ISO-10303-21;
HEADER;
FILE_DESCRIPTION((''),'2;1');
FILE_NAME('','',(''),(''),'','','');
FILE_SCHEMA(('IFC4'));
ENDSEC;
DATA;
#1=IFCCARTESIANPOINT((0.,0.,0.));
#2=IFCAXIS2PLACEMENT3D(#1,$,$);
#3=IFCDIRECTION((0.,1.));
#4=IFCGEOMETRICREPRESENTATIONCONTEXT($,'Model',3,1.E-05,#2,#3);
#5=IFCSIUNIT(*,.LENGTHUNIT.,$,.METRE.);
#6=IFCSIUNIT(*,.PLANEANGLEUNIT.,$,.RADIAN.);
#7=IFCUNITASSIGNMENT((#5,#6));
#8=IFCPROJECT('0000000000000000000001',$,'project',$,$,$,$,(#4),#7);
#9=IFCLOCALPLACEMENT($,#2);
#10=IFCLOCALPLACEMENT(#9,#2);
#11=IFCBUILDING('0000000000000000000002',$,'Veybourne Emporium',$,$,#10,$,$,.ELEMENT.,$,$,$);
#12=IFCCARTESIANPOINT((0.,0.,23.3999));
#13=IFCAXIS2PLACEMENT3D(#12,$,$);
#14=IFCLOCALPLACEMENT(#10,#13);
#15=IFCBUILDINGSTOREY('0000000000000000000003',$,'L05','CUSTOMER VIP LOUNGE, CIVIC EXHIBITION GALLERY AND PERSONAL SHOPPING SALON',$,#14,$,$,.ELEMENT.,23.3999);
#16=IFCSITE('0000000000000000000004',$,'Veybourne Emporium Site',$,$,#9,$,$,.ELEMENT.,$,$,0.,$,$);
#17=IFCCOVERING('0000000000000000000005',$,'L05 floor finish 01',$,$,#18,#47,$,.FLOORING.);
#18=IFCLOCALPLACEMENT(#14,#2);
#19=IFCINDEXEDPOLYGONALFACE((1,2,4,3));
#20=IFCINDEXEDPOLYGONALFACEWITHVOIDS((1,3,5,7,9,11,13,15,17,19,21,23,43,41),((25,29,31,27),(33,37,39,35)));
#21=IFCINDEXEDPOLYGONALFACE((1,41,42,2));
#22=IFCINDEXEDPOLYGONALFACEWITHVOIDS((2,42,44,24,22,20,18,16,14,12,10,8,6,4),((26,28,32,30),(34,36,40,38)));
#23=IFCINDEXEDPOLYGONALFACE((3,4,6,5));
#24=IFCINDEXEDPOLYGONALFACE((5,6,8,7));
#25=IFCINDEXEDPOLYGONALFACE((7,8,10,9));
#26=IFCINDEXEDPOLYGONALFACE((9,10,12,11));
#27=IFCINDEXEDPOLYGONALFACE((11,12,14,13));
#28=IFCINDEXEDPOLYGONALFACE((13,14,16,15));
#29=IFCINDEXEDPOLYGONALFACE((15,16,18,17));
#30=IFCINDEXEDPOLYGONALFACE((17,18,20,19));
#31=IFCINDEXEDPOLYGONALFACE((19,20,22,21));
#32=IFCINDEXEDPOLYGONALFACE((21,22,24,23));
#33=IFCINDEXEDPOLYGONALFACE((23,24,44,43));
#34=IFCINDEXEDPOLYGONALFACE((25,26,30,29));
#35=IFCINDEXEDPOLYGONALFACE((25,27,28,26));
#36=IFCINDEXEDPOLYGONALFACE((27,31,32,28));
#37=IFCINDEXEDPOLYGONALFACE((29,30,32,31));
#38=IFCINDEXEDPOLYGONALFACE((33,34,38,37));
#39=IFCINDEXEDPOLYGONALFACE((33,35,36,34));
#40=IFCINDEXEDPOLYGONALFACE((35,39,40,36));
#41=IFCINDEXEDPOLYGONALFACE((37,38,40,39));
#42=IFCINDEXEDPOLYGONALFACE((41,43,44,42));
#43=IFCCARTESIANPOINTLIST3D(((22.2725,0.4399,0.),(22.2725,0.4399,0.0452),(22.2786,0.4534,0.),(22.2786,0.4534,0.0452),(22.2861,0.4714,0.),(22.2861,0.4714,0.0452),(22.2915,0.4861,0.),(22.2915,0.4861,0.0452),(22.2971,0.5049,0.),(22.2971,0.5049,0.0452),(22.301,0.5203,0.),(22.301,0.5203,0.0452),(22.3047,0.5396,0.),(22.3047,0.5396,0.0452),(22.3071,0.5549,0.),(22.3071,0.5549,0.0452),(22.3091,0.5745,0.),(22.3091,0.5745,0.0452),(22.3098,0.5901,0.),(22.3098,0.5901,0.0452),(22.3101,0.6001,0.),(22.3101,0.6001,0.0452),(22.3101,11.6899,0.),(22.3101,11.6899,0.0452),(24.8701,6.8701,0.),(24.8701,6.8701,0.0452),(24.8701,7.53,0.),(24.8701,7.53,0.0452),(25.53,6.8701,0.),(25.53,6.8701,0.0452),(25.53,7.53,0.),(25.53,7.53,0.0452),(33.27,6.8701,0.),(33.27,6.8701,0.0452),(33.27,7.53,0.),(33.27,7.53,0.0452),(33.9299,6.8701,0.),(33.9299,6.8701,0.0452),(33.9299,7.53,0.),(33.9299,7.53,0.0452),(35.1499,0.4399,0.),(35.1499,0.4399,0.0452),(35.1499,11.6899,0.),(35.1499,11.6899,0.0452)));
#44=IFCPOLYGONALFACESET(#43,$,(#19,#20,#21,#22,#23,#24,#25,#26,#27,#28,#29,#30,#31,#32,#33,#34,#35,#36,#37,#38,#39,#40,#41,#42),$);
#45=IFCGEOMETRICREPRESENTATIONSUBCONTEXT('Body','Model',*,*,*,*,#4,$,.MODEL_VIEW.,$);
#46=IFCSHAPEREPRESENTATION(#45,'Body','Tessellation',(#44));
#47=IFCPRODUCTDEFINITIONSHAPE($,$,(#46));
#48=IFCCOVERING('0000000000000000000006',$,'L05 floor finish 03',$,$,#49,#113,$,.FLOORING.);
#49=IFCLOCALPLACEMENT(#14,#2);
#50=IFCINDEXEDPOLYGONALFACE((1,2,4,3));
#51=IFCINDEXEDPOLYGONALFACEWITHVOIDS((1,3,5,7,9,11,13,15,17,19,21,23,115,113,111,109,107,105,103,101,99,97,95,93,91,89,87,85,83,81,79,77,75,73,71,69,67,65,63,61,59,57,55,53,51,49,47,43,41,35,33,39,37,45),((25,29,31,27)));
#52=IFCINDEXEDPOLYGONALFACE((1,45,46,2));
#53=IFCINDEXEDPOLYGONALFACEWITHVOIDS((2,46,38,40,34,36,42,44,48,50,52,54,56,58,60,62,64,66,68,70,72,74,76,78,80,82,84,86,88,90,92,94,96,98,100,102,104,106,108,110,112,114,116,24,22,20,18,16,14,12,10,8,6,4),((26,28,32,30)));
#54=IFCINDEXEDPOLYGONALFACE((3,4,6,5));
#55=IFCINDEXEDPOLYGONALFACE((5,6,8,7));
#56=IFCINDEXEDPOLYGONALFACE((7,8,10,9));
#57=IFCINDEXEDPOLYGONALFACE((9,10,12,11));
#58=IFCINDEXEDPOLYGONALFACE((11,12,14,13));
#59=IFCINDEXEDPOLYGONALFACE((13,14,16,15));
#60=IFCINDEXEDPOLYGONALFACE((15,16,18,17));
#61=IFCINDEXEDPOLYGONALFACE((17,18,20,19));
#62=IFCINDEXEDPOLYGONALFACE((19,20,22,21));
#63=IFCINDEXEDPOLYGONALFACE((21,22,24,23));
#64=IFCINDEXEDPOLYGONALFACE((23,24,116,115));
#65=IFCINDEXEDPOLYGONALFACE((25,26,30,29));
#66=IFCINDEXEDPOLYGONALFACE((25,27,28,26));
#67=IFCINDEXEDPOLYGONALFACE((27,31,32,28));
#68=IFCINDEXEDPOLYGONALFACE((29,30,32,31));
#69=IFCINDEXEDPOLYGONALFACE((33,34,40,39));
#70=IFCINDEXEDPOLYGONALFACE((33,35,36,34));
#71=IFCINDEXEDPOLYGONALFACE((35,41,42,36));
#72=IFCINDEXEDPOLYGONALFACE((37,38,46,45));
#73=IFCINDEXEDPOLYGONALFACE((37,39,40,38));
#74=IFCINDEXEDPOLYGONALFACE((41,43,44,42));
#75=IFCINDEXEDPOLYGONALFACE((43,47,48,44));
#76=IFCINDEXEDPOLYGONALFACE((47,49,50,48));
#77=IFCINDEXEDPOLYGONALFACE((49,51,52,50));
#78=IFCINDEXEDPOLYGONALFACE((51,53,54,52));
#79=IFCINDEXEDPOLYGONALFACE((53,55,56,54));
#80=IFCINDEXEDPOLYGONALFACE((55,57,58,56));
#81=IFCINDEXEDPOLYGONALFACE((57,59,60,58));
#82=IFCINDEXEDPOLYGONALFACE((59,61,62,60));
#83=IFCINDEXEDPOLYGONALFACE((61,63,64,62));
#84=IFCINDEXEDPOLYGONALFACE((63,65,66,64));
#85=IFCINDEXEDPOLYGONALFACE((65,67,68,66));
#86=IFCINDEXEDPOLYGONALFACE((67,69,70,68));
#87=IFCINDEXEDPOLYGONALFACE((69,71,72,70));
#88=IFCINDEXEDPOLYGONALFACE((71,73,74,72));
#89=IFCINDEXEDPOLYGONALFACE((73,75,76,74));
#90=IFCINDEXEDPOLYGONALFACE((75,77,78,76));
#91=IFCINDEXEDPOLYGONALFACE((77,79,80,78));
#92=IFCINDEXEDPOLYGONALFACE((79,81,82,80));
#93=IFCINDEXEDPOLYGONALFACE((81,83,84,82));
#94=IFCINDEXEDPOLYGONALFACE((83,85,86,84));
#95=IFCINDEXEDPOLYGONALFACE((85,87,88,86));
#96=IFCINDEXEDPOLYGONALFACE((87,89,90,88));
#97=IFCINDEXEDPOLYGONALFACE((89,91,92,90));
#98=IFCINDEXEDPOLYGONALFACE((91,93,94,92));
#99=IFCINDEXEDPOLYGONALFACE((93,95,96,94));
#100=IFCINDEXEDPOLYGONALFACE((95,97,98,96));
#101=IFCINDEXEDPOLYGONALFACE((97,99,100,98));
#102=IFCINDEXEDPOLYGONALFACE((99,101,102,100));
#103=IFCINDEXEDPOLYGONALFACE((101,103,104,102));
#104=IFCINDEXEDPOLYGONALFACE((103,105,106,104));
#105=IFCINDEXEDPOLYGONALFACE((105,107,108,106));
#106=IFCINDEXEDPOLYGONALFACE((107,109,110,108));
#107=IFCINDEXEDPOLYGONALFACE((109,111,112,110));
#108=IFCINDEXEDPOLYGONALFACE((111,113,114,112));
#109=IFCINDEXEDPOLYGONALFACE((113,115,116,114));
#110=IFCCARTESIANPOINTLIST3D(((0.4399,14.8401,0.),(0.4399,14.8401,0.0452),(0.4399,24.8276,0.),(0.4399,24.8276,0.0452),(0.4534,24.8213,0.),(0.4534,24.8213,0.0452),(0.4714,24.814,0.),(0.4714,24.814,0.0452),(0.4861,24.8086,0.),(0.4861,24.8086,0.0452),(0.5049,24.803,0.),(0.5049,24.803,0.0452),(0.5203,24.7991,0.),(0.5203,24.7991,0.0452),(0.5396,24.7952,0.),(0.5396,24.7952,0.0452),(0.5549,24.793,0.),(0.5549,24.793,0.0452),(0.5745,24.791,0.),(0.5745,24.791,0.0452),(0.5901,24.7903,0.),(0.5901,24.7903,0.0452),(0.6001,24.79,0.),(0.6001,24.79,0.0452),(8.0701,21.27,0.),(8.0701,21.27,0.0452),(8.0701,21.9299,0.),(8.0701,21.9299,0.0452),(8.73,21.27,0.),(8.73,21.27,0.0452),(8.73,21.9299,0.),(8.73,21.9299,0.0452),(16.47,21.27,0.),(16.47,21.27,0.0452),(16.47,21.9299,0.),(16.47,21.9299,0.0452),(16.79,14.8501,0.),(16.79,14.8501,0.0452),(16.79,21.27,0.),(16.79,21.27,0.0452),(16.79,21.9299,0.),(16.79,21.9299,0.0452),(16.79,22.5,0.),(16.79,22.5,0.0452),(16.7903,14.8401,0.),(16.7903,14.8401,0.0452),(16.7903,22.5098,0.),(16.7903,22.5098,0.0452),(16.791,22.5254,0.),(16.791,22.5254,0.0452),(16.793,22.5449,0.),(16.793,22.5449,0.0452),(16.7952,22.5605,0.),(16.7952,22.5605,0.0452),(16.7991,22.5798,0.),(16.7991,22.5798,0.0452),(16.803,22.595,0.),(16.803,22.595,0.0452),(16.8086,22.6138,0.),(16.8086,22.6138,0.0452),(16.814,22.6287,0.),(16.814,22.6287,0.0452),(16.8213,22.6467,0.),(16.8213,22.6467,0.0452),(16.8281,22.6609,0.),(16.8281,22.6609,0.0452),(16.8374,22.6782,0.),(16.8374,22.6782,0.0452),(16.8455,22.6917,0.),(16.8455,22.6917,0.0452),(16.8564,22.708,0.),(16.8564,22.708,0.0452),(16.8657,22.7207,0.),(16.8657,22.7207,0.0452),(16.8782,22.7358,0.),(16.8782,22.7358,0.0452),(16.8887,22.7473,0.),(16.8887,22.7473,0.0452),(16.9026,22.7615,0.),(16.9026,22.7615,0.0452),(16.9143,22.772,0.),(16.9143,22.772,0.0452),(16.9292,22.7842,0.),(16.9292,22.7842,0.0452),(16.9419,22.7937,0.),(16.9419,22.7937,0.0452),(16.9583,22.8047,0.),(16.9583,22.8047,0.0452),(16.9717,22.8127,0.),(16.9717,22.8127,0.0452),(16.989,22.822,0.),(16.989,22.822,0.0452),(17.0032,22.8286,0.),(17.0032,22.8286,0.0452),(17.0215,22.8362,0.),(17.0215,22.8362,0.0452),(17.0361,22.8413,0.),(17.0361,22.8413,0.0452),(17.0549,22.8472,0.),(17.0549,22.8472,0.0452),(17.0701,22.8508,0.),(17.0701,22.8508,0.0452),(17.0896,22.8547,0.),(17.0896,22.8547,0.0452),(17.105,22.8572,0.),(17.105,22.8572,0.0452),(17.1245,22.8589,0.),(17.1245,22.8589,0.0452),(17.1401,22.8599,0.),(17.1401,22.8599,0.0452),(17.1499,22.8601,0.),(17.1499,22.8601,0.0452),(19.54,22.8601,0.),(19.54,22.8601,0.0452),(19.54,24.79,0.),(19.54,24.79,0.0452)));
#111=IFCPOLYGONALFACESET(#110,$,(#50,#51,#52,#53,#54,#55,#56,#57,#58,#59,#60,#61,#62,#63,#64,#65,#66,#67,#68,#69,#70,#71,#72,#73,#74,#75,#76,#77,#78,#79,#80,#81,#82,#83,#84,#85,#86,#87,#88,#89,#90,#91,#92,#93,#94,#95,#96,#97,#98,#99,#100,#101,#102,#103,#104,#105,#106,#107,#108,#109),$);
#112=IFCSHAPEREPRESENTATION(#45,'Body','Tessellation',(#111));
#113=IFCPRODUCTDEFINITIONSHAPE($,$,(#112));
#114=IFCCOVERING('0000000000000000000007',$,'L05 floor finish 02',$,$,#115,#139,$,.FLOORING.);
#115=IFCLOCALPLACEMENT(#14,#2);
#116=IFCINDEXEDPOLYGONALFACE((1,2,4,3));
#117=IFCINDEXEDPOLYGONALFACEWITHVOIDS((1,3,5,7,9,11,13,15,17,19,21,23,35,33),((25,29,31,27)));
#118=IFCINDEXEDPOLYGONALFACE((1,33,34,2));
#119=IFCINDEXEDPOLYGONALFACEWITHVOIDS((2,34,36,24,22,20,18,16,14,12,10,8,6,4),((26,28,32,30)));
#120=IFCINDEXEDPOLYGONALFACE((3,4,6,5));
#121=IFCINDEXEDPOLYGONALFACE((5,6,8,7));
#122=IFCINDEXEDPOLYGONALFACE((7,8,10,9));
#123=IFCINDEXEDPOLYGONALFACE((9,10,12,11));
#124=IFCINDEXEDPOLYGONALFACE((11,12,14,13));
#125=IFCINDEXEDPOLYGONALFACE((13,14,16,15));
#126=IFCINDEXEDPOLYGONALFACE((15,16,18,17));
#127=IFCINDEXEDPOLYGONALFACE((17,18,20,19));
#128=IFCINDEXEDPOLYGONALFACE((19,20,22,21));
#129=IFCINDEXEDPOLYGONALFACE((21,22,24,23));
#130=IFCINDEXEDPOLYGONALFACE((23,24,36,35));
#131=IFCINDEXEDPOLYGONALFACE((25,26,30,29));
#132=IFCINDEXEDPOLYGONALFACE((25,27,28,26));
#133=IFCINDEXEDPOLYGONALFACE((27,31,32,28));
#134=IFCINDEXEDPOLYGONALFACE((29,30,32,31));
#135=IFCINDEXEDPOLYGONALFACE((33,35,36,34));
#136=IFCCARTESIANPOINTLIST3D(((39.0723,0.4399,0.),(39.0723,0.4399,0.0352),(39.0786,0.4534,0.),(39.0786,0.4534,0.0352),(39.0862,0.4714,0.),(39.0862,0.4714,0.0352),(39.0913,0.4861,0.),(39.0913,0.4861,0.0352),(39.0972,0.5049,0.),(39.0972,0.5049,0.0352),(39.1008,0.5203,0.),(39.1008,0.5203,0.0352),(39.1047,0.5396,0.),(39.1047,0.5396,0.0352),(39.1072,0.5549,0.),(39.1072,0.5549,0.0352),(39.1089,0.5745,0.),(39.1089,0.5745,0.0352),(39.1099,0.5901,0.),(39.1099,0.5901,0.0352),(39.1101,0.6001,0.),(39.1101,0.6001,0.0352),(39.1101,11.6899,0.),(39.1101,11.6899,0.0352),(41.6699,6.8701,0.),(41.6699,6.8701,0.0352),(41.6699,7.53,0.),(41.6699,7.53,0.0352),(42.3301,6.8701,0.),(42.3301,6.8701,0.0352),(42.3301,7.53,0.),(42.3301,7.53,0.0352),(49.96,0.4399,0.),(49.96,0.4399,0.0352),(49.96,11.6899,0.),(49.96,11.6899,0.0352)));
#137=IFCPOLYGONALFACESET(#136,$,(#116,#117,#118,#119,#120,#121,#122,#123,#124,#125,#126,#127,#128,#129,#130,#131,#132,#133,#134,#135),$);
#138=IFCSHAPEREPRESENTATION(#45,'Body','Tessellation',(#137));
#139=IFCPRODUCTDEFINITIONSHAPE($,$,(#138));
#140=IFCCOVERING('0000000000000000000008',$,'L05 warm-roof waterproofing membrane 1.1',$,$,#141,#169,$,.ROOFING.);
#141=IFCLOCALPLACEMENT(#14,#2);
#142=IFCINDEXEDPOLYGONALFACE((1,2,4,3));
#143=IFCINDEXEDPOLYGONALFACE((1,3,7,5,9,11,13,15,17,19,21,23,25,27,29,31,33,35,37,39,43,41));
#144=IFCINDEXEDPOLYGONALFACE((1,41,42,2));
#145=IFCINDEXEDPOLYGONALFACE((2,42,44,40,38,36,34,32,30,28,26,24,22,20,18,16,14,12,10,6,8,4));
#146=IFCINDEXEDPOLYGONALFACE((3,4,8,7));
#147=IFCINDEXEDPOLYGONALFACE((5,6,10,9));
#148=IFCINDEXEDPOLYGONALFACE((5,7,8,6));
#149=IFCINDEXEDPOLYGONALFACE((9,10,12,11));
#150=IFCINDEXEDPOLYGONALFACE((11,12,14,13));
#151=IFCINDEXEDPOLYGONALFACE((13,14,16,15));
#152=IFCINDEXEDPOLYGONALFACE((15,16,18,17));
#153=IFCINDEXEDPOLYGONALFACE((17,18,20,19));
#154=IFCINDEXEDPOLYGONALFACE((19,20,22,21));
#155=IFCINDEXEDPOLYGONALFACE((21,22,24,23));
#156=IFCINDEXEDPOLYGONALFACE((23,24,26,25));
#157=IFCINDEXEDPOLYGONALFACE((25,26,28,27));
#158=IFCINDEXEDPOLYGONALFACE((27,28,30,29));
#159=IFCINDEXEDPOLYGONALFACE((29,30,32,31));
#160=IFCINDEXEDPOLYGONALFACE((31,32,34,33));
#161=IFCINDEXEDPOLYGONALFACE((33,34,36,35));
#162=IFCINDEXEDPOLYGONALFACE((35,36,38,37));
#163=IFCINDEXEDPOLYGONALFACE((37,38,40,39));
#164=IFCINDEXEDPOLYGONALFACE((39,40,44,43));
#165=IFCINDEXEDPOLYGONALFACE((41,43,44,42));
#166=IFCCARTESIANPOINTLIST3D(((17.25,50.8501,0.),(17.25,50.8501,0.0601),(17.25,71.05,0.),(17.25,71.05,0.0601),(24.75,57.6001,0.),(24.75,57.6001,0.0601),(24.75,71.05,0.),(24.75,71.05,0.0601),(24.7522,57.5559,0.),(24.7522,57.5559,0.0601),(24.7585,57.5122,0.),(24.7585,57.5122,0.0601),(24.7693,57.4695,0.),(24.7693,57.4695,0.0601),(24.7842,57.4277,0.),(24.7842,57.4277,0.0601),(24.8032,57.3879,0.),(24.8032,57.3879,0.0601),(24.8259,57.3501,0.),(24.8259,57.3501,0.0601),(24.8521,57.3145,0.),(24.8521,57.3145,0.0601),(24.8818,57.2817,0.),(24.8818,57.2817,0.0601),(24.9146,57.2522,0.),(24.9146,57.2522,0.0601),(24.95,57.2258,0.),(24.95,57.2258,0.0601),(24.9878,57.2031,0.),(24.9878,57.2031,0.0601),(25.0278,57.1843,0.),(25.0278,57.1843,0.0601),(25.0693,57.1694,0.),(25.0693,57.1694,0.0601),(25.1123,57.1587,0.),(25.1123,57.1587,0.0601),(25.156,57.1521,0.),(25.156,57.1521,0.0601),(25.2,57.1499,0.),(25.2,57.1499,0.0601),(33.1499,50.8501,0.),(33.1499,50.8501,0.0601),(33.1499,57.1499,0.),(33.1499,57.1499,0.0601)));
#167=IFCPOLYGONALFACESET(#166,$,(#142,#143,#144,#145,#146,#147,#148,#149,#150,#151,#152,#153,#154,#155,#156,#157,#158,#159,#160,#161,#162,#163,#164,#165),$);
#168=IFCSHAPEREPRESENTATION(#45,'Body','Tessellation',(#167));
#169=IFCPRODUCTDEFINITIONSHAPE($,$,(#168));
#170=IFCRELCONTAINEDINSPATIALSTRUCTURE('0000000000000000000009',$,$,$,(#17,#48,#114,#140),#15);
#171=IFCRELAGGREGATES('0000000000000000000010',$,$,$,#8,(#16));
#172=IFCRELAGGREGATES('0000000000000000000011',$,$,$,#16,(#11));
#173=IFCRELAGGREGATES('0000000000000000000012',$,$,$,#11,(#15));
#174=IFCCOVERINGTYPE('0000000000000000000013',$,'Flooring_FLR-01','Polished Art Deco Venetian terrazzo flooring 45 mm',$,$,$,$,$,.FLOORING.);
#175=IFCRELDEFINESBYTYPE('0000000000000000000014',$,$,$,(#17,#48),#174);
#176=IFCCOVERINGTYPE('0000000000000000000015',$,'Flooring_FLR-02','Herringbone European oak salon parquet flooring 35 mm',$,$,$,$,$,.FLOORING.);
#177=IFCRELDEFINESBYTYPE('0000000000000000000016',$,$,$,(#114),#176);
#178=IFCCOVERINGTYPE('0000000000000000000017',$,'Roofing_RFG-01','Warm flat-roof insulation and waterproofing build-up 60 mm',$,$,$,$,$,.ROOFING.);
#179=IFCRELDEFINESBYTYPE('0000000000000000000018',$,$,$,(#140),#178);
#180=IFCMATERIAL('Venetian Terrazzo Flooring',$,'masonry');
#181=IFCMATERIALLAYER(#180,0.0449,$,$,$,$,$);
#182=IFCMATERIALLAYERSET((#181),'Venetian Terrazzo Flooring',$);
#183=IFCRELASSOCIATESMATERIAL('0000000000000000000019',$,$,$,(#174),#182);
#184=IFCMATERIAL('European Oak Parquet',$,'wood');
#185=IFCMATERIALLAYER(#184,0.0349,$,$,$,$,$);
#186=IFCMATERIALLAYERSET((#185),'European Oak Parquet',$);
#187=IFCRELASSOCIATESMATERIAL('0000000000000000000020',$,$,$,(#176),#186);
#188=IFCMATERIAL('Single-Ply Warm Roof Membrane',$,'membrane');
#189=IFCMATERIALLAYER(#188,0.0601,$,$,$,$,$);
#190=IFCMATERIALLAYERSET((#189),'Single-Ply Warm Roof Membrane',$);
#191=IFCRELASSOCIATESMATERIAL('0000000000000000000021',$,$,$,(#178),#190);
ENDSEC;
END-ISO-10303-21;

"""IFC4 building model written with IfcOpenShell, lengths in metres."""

from ifc_helpers import new_model, si_unit, direction, frame, origin, place, context, subcontext, project, spatial, polyline, outline, extrude, material, layer, layer_set, type_object, element, save


model = new_model("IFC4")

# Units and contexts
model_context = context("Model", 3, precision=1e-05, world=origin(), true_north=direction((0.0, 1.0)))
body_context = subcontext(model_context, "Body", "Model", "MODEL_VIEW")
ifc_project = project(units=[si_unit("LENGTHUNIT", "METRE"), si_unit("PLANEANGLEUNIT", "RADIAN")], contexts=[model_context])

# Site, building, storey
site_placement = place(None, origin())
site = spatial("IfcSite", under=ifc_project, at=site_placement, Name="Veybourne Emporium Site", CompositionType="ELEMENT", RefElevation=0.0)
building_placement = place(site_placement, origin())
building = spatial("IfcBuilding", under=site, at=building_placement, Name="Veybourne Emporium", CompositionType="ELEMENT")
storey_placement = place(building_placement, frame((0.0, 0.0, 23.3999)))
storey = spatial("IfcBuildingStorey", under=building, at=storey_placement, Name="L05", Description="CUSTOMER VIP LOUNGE, CIVIC EXHIBITION GALLERY AND PERSONAL SHOPPING SALON", CompositionType="ELEMENT", Elevation=23.3999)

# Coverings
ifc_material_1 = material(Name="Venetian Terrazzo Flooring", Category="masonry")
ifc_layer_1 = layer(ifc_material_1, 0.0449)
ifc_layer_set_1 = layer_set([ifc_layer_1], Name="Venetian Terrazzo Flooring")
covering_type_1 = type_object("IfcCoveringType", Name="Flooring_FLR-01", Description="Polished Art Deco Venetian terrazzo flooring 45 mm", PredefinedType="FLOORING", material=ifc_layer_set_1)
covering_1_placement = place(storey_placement, origin())
element("IfcCovering", 1, at=covering_1_placement, inside=storey, type_object=covering_type_1, Name="L05 floor finish 01", PredefinedType="FLOORING", context=body_context, shape_type="SweptSolid", body=[
    extrude(outline(polyline([(22.2786, 0.4534), (22.2861, 0.4714), (22.2915, 0.4861), (22.2971, 0.5049), (22.301, 0.5203), (22.3047, 0.5396), (22.3071, 0.5549), (22.3091, 0.5745), (22.3098, 0.5901), (22.3101, 0.6001), (22.3101, 11.6899), (35.1499, 11.6899), (35.1499, 0.4399), (22.2725, 0.4399), (22.2786, 0.4534)]), holes=[polyline([(33.27, 7.53), (33.27, 6.8701), (33.9299, 6.8701), (33.9299, 7.53), (33.27, 7.53)]), polyline([(24.8701, 6.8701), (25.53, 6.8701), (25.53, 7.53), (24.8701, 7.53), (24.8701, 6.8701)])]), origin(), (0.0, 0.0, 1.0), 0.0452),
])
covering_2_placement = place(storey_placement, origin())
element("IfcCovering", 2, at=covering_2_placement, inside=storey, type_object=covering_type_1, Name="L05 floor finish 03", PredefinedType="FLOORING", context=body_context, shape_type="SweptSolid", body=[
    extrude(outline(polyline([(0.4534, 24.8213), (0.4714, 24.814), (0.4861, 24.8086), (0.5049, 24.803), (0.5203, 24.7991), (0.5396, 24.7952), (0.5549, 24.793), (0.5745, 24.791), (0.5901, 24.7903), (0.6001, 24.79), (19.54, 24.79), (19.54, 22.8601), (17.1499, 22.8601), (17.1401, 22.8599), (17.1245, 22.8589), (17.105, 22.8572), (17.0896, 22.8547), (17.0701, 22.8508), (17.0549, 22.8472), (17.0361, 22.8413), (17.0215, 22.8362), (17.0032, 22.8286), (16.989, 22.822), (16.9717, 22.8127), (16.9583, 22.8047), (16.9419, 22.7937), (16.9292, 22.7842), (16.9143, 22.772), (16.9026, 22.7615), (16.8887, 22.7473), (16.8782, 22.7358), (16.8657, 22.7207), (16.8564, 22.708), (16.8455, 22.6917), (16.8374, 22.6782), (16.8281, 22.6609), (16.8213, 22.6467), (16.814, 22.6287), (16.8086, 22.6138), (16.803, 22.595), (16.7991, 22.5798), (16.7952, 22.5605), (16.793, 22.5449), (16.791, 22.5254), (16.7903, 22.5098), (16.79, 22.5), (16.79, 21.9299), (16.47, 21.9299), (16.47, 21.27), (16.79, 21.27), (16.79, 14.8501), (16.7903, 14.8401), (16.7903, 14.8401), (0.4399, 14.8401), (0.4399, 24.8276), (0.4534, 24.8213)]), holes=[polyline([(8.0701, 21.9299), (8.0701, 21.27), (8.73, 21.27), (8.73, 21.9299), (8.0701, 21.9299)])]), origin(), (0.0, 0.0, 1.0), 0.0452),
])
ifc_material_2 = material(Name="European Oak Parquet", Category="wood")
ifc_layer_2 = layer(ifc_material_2, 0.0349)
ifc_layer_set_2 = layer_set([ifc_layer_2], Name="European Oak Parquet")
covering_type_2 = type_object("IfcCoveringType", Name="Flooring_FLR-02", Description="Herringbone European oak salon parquet flooring 35 mm", PredefinedType="FLOORING", material=ifc_layer_set_2)
covering_3_placement = place(storey_placement, origin())
element("IfcCovering", 3, at=covering_3_placement, inside=storey, type_object=covering_type_2, Name="L05 floor finish 02", PredefinedType="FLOORING", context=body_context, shape_type="SweptSolid", body=[
    extrude(outline(polyline([(39.0786, 0.4534), (39.0862, 0.4714), (39.0913, 0.4861), (39.0972, 0.5049), (39.1008, 0.5203), (39.1047, 0.5396), (39.1072, 0.5549), (39.1089, 0.5745), (39.1099, 0.5901), (39.1101, 0.6001), (39.1101, 11.6899), (49.96, 11.6899), (49.96, 0.4399), (39.0723, 0.4399), (39.0786, 0.4534)]), holes=[polyline([(41.6699, 7.53), (41.6699, 6.8701), (42.3301, 6.8701), (42.3301, 7.53), (41.6699, 7.53)])]), origin(), (0.0, 0.0, 1.0), 0.0352),
])
ifc_material_3 = material(Name="Single-Ply Warm Roof Membrane", Category="membrane")
ifc_layer_3 = layer(ifc_material_3, 0.0601)
ifc_layer_set_3 = layer_set([ifc_layer_3], Name="Single-Ply Warm Roof Membrane")
covering_type_3 = type_object("IfcCoveringType", Name="Roofing_RFG-01", Description="Warm flat-roof insulation and waterproofing build-up 60 mm", PredefinedType="ROOFING", material=ifc_layer_set_3)
covering_4_placement = place(storey_placement, origin())
element("IfcCovering", 4, at=covering_4_placement, inside=storey, type_object=covering_type_3, Name="L05 warm-roof waterproofing membrane 1.1", PredefinedType="ROOFING", context=body_context, shape_type="SweptSolid", body=[
    extrude(outline(polyline([(24.75, 57.6001), (24.7522, 57.5559), (24.7585, 57.5122), (24.7693, 57.4695), (24.7842, 57.4277), (24.8032, 57.3879), (24.8259, 57.3501), (24.8521, 57.3145), (24.8818, 57.2817), (24.9146, 57.2522), (24.95, 57.2258), (24.9878, 57.2031), (25.0278, 57.1843), (25.0693, 57.1694), (25.1123, 57.1587), (25.156, 57.1521), (25.2, 57.1499), (33.1499, 57.1499), (33.1499, 50.8501), (17.25, 50.8501), (17.25, 71.05), (24.75, 71.05), (24.75, 57.6001)])), origin(), (0.0, 0.0, 1.0), 0.0601),
])

save(model, "model.ifc")
